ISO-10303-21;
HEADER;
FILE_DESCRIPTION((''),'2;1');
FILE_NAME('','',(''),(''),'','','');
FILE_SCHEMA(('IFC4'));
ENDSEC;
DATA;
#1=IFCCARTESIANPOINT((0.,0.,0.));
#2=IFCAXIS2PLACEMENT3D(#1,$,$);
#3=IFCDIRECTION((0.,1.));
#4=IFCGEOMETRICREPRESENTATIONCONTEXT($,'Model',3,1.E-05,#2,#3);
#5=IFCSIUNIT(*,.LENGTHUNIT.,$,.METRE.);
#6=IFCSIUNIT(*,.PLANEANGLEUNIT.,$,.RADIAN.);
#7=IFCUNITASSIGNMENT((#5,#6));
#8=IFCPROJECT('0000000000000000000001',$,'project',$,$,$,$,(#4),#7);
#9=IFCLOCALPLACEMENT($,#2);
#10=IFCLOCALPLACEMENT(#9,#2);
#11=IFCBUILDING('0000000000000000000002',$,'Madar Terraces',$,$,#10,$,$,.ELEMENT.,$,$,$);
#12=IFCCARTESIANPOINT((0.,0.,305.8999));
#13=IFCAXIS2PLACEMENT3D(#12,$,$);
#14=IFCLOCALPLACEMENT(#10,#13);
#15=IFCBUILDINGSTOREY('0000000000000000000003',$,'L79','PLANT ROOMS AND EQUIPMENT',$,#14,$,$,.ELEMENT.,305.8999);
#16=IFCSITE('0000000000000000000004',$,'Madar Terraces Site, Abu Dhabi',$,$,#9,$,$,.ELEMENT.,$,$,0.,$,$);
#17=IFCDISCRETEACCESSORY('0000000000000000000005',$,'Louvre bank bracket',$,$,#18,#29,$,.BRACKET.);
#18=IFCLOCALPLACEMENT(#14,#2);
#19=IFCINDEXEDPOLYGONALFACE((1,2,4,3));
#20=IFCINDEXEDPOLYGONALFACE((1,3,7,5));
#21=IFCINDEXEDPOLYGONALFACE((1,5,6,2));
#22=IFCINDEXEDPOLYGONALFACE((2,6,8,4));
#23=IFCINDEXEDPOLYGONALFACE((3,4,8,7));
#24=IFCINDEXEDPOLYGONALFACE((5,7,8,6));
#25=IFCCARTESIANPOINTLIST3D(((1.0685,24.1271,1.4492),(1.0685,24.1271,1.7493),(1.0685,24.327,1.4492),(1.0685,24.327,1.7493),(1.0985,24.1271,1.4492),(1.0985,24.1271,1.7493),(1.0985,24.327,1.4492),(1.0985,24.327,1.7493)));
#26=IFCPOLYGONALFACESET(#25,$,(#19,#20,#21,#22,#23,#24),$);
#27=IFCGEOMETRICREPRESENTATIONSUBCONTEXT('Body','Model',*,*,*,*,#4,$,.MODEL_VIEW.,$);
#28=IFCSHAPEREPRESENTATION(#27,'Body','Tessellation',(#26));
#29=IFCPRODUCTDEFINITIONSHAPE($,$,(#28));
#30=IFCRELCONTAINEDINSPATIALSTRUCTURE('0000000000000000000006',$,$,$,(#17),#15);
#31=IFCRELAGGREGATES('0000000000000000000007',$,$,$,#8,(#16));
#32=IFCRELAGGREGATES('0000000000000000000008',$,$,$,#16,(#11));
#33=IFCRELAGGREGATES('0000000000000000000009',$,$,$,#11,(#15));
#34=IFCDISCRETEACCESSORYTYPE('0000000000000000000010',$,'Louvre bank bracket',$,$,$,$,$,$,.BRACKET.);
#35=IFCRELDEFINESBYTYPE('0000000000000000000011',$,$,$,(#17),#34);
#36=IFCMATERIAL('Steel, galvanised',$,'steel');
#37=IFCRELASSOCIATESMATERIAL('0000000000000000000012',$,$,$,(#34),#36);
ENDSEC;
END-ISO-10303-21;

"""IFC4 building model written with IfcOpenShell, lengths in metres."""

from ifc_helpers import new_model, si_unit, direction, frame, origin, origin_2d, place, context, subcontext, project, spatial, rectangle, extrude, material, type_object, element, save


model = new_model("IFC4")

# Units and contexts
model_context = context("Model", 3, precision=1e-05, world=origin(), true_north=direction((0.0, 1.0)))
body_context = subcontext(model_context, "Body", "Model", "MODEL_VIEW")
ifc_project = project(units=[si_unit("LENGTHUNIT", "METRE"), si_unit("PLANEANGLEUNIT", "RADIAN")], contexts=[model_context])

# Site, building, storey
site_placement = place(None, origin())
site = spatial("IfcSite", under=ifc_project, at=site_placement, Name="Madar Terraces Site, Abu Dhabi", CompositionType="ELEMENT", RefElevation=0.0)
building_placement = place(site_placement, origin())
building = spatial("IfcBuilding", under=site, at=building_placement, Name="Madar Terraces", CompositionType="ELEMENT")
storey_placement = place(building_placement, frame((0.0, 0.0, 305.8999)))
storey = spatial("IfcBuildingStorey", under=building, at=storey_placement, Name="L79", Description="PLANT ROOMS AND EQUIPMENT", CompositionType="ELEMENT", Elevation=305.8999)

# Discrete accessory
ifc_material_1 = material(Name="Steel, galvanised", Category="steel")
discrete_accessory_type = type_object("IfcDiscreteAccessoryType", Name="Louvre bank bracket", PredefinedType="BRACKET", material=ifc_material_1)
for number, where, z_axis, x_axis, name in (
    (1, (1.0835, 24.2271, 1.4492), (0.0, 0.0, 1.0), (0.0, -1.0, 0.0), "Louvre bank bracket"),
):
    element("IfcDiscreteAccessory", number, at=place(storey_placement, frame(where, z_axis=z_axis, x_axis=x_axis)), inside=storey, type_object=discrete_accessory_type, Name=name, PredefinedType="BRACKET", context=body_context, shape_type="SweptSolid", body=[
        extrude(rectangle(XDim=0.2, YDim=0.03, at=origin_2d()), origin(), (0.0, 0.0, 1.0), 0.3),
    ])

save(model, "model.ifc")
